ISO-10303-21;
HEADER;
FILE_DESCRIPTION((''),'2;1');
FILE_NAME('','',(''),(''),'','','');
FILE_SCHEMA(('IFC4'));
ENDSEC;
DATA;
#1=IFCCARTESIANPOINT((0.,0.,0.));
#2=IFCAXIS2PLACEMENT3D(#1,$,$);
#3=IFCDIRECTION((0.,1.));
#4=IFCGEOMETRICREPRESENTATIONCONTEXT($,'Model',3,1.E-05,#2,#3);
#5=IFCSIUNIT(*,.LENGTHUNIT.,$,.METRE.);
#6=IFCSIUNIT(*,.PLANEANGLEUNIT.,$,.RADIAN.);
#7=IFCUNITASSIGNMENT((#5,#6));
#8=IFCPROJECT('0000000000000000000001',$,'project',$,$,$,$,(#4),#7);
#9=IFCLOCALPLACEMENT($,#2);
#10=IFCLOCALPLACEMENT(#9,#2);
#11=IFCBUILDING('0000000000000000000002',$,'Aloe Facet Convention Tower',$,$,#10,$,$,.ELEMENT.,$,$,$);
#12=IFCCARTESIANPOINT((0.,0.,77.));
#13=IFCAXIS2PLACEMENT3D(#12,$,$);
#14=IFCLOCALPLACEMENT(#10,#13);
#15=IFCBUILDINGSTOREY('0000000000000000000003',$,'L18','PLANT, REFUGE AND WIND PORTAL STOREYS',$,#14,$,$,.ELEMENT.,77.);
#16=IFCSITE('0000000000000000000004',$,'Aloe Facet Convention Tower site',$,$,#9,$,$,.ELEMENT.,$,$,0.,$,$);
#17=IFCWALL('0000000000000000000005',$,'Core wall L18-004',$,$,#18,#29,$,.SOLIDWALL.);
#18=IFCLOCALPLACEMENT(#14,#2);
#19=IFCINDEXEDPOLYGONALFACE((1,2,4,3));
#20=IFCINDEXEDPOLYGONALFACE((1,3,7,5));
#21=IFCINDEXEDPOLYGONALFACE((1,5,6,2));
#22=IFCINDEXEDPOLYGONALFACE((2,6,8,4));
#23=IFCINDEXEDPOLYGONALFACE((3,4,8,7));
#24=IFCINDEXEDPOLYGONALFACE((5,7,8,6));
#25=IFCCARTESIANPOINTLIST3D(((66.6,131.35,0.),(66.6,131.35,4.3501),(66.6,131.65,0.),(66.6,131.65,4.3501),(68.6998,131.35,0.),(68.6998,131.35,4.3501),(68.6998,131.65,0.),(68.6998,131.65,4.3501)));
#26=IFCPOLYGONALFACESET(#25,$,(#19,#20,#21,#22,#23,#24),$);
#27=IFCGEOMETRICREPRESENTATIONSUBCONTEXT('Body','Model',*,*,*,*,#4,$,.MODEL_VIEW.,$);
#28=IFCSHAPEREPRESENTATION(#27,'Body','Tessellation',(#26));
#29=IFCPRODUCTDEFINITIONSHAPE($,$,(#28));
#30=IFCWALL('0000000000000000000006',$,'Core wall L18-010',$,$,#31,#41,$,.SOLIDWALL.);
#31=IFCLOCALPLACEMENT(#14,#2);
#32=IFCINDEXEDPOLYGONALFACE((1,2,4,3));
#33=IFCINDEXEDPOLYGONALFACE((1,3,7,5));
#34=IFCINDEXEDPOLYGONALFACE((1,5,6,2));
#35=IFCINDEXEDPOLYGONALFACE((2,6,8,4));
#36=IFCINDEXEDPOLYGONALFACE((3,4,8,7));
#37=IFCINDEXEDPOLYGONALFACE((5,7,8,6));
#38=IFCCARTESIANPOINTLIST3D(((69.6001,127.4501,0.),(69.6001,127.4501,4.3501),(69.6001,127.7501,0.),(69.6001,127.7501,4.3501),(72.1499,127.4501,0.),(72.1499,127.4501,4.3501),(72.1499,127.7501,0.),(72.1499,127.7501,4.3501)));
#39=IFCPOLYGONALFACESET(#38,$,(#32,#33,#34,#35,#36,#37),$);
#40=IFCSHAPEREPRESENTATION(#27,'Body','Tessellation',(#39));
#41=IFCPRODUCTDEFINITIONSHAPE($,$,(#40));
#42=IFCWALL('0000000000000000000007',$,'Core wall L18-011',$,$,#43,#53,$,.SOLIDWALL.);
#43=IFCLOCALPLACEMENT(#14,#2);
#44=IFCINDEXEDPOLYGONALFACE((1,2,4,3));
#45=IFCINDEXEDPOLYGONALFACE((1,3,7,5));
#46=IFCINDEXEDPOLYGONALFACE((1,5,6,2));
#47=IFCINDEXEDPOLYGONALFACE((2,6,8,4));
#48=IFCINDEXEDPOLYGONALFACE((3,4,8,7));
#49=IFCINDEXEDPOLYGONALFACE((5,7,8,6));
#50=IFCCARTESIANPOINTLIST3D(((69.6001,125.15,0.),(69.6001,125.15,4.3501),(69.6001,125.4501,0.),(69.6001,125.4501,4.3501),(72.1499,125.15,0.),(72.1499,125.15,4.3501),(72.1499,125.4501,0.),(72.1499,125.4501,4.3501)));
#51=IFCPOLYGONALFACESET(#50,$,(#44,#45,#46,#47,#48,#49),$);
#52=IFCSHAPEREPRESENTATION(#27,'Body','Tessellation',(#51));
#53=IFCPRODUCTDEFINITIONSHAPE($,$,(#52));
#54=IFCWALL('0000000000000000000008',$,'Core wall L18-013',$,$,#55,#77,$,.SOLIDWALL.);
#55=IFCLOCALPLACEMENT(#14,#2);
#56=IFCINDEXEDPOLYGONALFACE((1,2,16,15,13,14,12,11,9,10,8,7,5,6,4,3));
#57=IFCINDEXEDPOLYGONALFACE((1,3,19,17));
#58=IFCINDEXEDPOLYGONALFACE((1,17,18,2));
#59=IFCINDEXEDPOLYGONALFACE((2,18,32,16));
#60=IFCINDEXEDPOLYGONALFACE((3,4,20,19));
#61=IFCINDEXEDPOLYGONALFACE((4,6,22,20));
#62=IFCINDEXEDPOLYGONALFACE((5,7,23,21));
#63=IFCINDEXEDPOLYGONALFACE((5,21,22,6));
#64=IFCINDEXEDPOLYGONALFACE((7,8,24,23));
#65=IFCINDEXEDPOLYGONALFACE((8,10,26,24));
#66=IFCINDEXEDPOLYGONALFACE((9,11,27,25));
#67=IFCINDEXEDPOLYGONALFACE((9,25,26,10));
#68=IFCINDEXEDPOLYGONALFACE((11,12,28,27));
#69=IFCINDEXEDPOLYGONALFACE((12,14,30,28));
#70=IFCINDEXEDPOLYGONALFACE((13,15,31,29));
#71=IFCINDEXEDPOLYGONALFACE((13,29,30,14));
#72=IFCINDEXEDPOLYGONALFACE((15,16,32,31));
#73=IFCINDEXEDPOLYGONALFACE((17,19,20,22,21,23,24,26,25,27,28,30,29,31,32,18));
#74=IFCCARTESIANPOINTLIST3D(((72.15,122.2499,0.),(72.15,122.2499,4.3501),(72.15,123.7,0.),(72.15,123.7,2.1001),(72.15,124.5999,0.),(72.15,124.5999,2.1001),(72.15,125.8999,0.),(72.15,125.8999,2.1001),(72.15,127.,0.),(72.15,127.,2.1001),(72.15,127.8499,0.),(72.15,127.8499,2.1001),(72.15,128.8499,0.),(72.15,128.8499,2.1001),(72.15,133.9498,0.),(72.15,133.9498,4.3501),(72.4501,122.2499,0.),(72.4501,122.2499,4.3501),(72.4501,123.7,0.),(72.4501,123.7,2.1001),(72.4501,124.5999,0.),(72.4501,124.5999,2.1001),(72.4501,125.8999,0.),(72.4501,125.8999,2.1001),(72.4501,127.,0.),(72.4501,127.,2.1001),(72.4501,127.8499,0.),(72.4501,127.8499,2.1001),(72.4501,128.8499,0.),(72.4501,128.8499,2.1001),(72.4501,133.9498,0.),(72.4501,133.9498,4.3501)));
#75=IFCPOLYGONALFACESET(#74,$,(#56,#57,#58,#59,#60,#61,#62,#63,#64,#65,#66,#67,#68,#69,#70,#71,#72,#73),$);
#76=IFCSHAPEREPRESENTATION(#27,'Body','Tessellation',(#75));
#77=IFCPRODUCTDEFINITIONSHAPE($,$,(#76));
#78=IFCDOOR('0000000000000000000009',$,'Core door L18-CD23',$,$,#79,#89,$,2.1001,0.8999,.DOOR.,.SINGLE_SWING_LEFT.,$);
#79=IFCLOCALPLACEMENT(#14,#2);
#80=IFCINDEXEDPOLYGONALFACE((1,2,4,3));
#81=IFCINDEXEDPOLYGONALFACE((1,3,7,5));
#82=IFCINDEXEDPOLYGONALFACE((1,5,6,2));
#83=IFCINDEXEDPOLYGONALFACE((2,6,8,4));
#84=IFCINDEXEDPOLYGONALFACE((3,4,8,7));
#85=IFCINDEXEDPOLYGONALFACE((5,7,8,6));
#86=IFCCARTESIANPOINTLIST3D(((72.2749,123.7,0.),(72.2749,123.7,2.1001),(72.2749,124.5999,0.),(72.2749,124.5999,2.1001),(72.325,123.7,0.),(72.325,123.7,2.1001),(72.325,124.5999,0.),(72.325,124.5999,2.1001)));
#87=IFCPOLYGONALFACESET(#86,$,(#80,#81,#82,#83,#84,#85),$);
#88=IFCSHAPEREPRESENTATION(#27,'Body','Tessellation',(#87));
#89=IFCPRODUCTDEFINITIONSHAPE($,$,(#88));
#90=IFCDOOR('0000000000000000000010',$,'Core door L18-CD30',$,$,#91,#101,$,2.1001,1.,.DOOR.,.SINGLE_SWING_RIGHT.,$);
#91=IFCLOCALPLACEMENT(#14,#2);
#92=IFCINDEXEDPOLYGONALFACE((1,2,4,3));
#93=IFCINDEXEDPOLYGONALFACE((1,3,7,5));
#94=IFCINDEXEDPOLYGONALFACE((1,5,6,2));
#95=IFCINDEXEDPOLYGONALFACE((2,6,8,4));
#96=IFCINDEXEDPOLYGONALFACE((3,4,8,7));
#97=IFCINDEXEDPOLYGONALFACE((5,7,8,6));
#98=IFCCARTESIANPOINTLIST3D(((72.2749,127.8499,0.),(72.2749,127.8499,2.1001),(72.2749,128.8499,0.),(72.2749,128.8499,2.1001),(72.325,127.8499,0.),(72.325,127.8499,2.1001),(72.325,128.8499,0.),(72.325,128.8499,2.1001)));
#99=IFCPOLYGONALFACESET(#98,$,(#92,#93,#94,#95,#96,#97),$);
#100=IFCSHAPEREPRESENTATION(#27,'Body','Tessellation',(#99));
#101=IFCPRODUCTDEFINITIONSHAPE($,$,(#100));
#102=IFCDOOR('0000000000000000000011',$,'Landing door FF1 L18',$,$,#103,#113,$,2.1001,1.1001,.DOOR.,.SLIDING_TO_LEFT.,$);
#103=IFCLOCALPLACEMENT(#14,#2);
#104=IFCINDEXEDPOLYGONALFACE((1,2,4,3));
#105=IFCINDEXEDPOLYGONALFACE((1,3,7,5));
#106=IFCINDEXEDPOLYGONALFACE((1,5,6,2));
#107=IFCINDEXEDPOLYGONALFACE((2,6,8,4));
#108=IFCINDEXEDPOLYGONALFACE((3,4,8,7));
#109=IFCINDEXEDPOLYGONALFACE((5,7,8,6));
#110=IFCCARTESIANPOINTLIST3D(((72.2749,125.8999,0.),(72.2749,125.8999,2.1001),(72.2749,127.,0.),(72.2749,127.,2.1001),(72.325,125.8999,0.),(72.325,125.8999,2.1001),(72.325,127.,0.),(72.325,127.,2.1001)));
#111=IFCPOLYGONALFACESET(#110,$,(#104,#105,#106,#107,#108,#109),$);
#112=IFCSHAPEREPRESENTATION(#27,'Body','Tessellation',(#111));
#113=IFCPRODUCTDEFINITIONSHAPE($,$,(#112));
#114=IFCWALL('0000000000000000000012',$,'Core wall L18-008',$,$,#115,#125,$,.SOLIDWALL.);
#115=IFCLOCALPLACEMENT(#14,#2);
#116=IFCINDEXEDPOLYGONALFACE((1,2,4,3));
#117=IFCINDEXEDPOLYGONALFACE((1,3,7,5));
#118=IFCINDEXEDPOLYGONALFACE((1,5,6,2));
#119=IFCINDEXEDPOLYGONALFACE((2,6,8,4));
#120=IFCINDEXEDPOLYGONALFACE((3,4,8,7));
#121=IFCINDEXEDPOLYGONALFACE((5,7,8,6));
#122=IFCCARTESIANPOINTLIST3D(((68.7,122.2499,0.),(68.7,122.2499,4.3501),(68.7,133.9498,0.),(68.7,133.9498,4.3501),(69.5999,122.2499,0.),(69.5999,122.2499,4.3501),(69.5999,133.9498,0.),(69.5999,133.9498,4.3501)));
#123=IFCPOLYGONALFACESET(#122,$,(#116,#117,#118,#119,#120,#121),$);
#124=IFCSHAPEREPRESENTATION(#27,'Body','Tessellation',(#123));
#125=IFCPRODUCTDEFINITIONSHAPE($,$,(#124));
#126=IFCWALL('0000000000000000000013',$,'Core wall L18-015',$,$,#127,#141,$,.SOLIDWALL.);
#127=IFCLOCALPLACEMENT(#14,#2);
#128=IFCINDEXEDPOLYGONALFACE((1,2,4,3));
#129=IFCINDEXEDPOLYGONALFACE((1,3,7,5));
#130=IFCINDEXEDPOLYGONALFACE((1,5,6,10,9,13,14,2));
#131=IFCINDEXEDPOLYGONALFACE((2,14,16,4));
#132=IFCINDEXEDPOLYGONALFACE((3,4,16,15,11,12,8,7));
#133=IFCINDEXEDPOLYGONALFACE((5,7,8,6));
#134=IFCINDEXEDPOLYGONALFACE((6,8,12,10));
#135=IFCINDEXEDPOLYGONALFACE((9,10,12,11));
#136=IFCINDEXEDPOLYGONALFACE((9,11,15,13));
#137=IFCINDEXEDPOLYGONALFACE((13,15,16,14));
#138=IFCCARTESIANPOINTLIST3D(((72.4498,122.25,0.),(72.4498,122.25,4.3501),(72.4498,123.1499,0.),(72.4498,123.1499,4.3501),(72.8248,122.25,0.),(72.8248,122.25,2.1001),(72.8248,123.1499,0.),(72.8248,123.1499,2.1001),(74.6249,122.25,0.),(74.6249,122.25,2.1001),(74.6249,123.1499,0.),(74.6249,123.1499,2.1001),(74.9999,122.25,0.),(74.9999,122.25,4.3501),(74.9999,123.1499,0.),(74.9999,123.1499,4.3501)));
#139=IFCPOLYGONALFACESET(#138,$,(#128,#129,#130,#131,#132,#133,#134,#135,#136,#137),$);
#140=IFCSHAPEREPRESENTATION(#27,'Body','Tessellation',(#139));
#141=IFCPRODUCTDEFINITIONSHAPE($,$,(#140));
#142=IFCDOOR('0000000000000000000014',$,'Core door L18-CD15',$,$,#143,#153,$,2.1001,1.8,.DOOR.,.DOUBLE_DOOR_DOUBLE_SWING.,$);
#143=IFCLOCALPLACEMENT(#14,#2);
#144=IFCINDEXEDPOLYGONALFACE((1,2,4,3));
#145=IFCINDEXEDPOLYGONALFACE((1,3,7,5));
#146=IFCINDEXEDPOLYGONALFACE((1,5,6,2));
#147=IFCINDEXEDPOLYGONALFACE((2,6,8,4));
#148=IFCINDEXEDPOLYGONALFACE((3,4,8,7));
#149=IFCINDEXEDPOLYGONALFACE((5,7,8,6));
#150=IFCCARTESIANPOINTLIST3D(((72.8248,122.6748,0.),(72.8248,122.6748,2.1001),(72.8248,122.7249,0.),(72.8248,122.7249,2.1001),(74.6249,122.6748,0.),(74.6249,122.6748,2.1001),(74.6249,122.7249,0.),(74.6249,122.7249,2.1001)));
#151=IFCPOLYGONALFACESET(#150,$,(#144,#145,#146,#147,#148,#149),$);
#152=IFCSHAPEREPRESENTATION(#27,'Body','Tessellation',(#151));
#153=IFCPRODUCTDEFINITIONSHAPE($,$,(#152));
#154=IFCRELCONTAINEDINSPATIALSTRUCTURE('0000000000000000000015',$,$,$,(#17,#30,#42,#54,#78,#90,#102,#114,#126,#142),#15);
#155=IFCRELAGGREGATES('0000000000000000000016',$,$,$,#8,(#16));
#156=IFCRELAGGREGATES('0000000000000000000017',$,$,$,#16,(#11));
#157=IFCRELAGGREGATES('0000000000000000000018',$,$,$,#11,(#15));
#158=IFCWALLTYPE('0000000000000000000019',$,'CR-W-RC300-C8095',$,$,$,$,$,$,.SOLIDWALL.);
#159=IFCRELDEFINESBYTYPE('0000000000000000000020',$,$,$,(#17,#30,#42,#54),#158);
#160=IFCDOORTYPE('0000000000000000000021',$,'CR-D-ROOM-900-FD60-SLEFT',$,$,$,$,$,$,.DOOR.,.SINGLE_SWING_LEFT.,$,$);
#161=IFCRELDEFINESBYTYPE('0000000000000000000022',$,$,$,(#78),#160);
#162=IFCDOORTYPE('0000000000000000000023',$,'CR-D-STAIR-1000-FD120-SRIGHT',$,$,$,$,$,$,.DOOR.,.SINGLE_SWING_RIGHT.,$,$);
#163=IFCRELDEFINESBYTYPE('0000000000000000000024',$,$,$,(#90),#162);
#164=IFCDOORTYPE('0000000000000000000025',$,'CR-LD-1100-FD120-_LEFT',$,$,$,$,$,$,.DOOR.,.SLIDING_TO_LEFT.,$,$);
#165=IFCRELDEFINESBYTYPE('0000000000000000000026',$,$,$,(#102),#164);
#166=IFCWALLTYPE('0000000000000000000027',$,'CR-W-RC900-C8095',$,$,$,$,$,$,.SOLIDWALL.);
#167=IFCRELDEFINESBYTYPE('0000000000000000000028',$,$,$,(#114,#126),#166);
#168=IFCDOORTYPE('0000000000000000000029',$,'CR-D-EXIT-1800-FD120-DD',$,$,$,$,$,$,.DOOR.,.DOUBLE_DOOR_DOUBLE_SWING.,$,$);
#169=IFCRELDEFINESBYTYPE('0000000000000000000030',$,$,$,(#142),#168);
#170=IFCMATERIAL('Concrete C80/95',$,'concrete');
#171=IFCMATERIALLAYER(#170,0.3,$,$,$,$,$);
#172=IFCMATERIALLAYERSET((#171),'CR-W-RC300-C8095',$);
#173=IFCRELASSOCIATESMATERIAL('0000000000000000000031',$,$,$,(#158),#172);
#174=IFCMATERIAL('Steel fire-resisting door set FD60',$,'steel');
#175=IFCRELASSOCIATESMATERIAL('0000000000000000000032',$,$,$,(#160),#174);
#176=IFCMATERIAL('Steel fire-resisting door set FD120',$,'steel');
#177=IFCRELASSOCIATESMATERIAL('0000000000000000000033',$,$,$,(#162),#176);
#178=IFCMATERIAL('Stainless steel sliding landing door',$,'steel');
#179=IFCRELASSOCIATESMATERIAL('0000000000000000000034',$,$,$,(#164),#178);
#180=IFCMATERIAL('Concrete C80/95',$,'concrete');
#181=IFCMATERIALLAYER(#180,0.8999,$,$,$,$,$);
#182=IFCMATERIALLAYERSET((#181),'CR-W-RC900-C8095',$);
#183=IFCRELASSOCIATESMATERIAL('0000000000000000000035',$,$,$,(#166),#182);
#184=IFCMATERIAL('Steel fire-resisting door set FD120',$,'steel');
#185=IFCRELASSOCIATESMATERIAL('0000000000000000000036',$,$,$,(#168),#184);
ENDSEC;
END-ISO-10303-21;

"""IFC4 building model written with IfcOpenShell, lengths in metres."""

from ifc_helpers import new_model, si_unit, direction, frame, frame_2d, origin, place, context, subcontext, project, spatial, rectangle, extrude, material, layer, layer_set, type_object, element, fill, save


model = new_model("IFC4")

# Units and contexts
model_context = context("Model", 3, precision=1e-05, world=origin(), true_north=direction((0.0, 1.0)))
body_context = subcontext(model_context, "Body", "Model", "MODEL_VIEW")
ifc_project = project(units=[si_unit("LENGTHUNIT", "METRE"), si_unit("PLANEANGLEUNIT", "RADIAN")], contexts=[model_context])

# Site, building, storey
site_placement = place(None, origin())
site = spatial("IfcSite", under=ifc_project, at=site_placement, Name="Aloe Facet Convention Tower site", CompositionType="ELEMENT", RefElevation=0.0)
building_placement = place(site_placement, origin())
building = spatial("IfcBuilding", under=site, at=building_placement, Name="Aloe Facet Convention Tower", CompositionType="ELEMENT")
storey_placement = place(building_placement, frame((0.0, 0.0, 77.0)))
storey = spatial("IfcBuildingStorey", under=building, at=storey_placement, Name="L18", Description="PLANT, REFUGE AND WIND PORTAL STOREYS", CompositionType="ELEMENT", Elevation=77.0)

# Walls
ifc_material_1 = material(Name="Concrete C80/95", Category="concrete")
ifc_layer_1 = layer(ifc_material_1, 0.3)
ifc_layer_set_1 = layer_set([ifc_layer_1], Name="CR-W-RC300-C8095")
wall_type_1 = type_object("IfcWallType", Name="CR-W-RC300-C8095", PredefinedType="SOLIDWALL", material=ifc_layer_set_1)
wall_1_placement = place(storey_placement, frame((66.6001, 131.5, 0.0), z_axis=(0.0, 0.0, 1.0), x_axis=(1.0, 0.0, 0.0)))
element("IfcWall", 1, at=wall_1_placement, inside=storey, type_object=wall_type_1, Name="Core wall L18-004", PredefinedType="SOLIDWALL", context=body_context, shape_type="SweptSolid", body=[
    extrude(rectangle(XDim=2.0999, YDim=0.3, at=frame_2d((1.0498, 0.0))), origin(), (0.0, 0.0, 1.0), 4.3501),
])
for number, where, z_axis, x_axis, name in (
    (2, (69.6001, 127.6001, 0.0), (0.0, 0.0, 1.0), (1.0, 0.0, 0.0), "Core wall L18-010"),
    (3, (69.6001, 125.3, 0.0), (0.0, 0.0, 1.0), (1.0, 0.0, 0.0), "Core wall L18-011"),
):
    element("IfcWall", number, at=place(storey_placement, frame(where, z_axis=z_axis, x_axis=x_axis)), inside=storey, type_object=wall_type_1, Name=name, PredefinedType="SOLIDWALL", context=body_context, shape_type="SweptSolid", body=[
        extrude(rectangle(XDim=2.5498, YDim=0.3, at=frame_2d((1.2749, 0.0))), origin(), (0.0, 0.0, 1.0), 4.3501),
    ])

# Wall, openings, doors
wall_2_placement = place(storey_placement, frame((72.3, 133.95, 0.0), z_axis=(0.0, 0.0, 1.0), x_axis=(0.0, -1.0, 0.0)))
wall_2 = element("IfcWall", 4, at=wall_2_placement, inside=storey, type_object=wall_type_1, Name="Core wall L18-013", PredefinedType="SOLIDWALL", context=body_context, shape_type="SweptSolid", body=[
    extrude(rectangle(XDim=11.7, YDim=0.3, at=frame_2d((5.8501, 0.0))), origin(), (0.0, 0.0, 1.0), 4.3501),
])
opening_1_placement = place(wall_2_placement, frame((6.95, 0.0, 0.0)))
opening_1 = element("IfcOpeningElement", 5, at=opening_1_placement, cuts=wall_2, PredefinedType="OPENING", context=body_context, shape_type="SweptSolid", body=[
    extrude(rectangle(XDim=1.1001, YDim=2.1001, at=frame_2d((0.55, 1.05))), frame((0.0, 0.1602, 0.0), z_axis=(0.0, -1.0, 0.0), x_axis=(1.0, 0.0, 0.0)), (0.0, 0.0, 1.0), 0.3201),
])
opening_2_placement = place(wall_2_placement, frame((9.3501, 0.0, 0.0)))
opening_2 = element("IfcOpeningElement", 6, at=opening_2_placement, cuts=wall_2, PredefinedType="OPENING", context=body_context, shape_type="SweptSolid", body=[
    extrude(rectangle(XDim=0.8999, YDim=2.1001, at=frame_2d((0.45, 1.05))), frame((0.0, 0.1602, 0.0), z_axis=(0.0, -1.0, 0.0), x_axis=(1.0, 0.0, 0.0)), (0.0, 0.0, 1.0), 0.3201),
])
opening_3_placement = place(wall_2_placement, frame((5.1001, 0.0, 0.0)))
opening_3 = element("IfcOpeningElement", 7, at=opening_3_placement, cuts=wall_2, PredefinedType="OPENING", context=body_context, shape_type="SweptSolid", body=[
    extrude(rectangle(XDim=1.0, YDim=2.1001, at=frame_2d((0.5, 1.05))), frame((0.0, 0.1602, 0.0), z_axis=(0.0, -1.0, 0.0), x_axis=(1.0, 0.0, 0.0)), (0.0, 0.0, 1.0), 0.3201),
])
ifc_material_2 = material(Name="Steel fire-resisting door set FD60", Category="steel")
door_type_1 = type_object("IfcDoorType", Name="CR-D-ROOM-900-FD60-SLEFT", OperationType="SINGLE_SWING_LEFT", PredefinedType="DOOR", material=ifc_material_2)
door_1_placement = place(opening_2_placement, origin())
door_1 = element("IfcDoor", 8, at=door_1_placement, inside=storey, type_object=door_type_1, Name="Core door L18-CD23", OperationType="SINGLE_SWING_LEFT", OverallHeight=2.1001, OverallWidth=0.8999, PredefinedType="DOOR", context=body_context, shape_type="SweptSolid", body=[
    extrude(rectangle(XDim=0.8999, YDim=2.1001, at=frame_2d((0.45, 1.05))), frame((0.0, 0.0249, 0.0), z_axis=(0.0, -1.0, 0.0), x_axis=(1.0, 0.0, 0.0)), (0.0, 0.0, 1.0), 0.05),
])
fill(opening_2, door_1)
ifc_material_3 = material(Name="Steel fire-resisting door set FD120", Category="steel")
door_type_2 = type_object("IfcDoorType", Name="CR-D-STAIR-1000-FD120-SRIGHT", OperationType="SINGLE_SWING_RIGHT", PredefinedType="DOOR", material=ifc_material_3)
door_2_placement = place(opening_3_placement, origin())
door_2 = element("IfcDoor", 9, at=door_2_placement, inside=storey, type_object=door_type_2, Name="Core door L18-CD30", OperationType="SINGLE_SWING_RIGHT", OverallHeight=2.1001, OverallWidth=1.0, PredefinedType="DOOR", context=body_context, shape_type="SweptSolid", body=[
    extrude(rectangle(XDim=1.0, YDim=2.1001, at=frame_2d((0.5, 1.05))), frame((0.0, 0.0249, 0.0), z_axis=(0.0, -1.0, 0.0), x_axis=(1.0, 0.0, 0.0)), (0.0, 0.0, 1.0), 0.05),
])
fill(opening_3, door_2)
ifc_material_4 = material(Name="Stainless steel sliding landing door", Category="steel")
door_type_3 = type_object("IfcDoorType", Name="CR-LD-1100-FD120-_LEFT", OperationType="SLIDING_TO_LEFT", PredefinedType="DOOR", material=ifc_material_4)
door_3_placement = place(opening_1_placement, origin())
door_3 = element("IfcDoor", 10, at=door_3_placement, inside=storey, type_object=door_type_3, Name="Landing door FF1 L18", OperationType="SLIDING_TO_LEFT", OverallHeight=2.1001, OverallWidth=1.1001, PredefinedType="DOOR", context=body_context, shape_type="SweptSolid", body=[
    extrude(rectangle(XDim=1.1001, YDim=2.1001, at=frame_2d((0.55, 1.05))), frame((0.0, 0.0249, 0.0), z_axis=(0.0, -1.0, 0.0), x_axis=(1.0, 0.0, 0.0)), (0.0, 0.0, 1.0), 0.05),
])
fill(opening_1, door_3)

# Wall
ifc_material_5 = material(Name="Concrete C80/95", Category="concrete")
ifc_layer_2 = layer(ifc_material_5, 0.8999)
ifc_layer_set_2 = layer_set([ifc_layer_2], Name="CR-W-RC900-C8095")
wall_type_2 = type_object("IfcWallType", Name="CR-W-RC900-C8095", PredefinedType="SOLIDWALL", material=ifc_layer_set_2)
wall_3_placement = place(storey_placement, frame((69.1499, 133.95, 0.0), z_axis=(0.0, 0.0, 1.0), x_axis=(0.0, -1.0, 0.0)))
element("IfcWall", 11, at=wall_3_placement, inside=storey, type_object=wall_type_2, Name="Core wall L18-008", PredefinedType="SOLIDWALL", context=body_context, shape_type="SweptSolid", body=[
    extrude(rectangle(XDim=11.7, YDim=0.8999, at=frame_2d((5.8501, 0.0))), origin(), (0.0, 0.0, 1.0), 4.3501),
])

# Wall, opening, door
wall_4_placement = place(storey_placement, frame((72.45, 122.7, 0.0), z_axis=(0.0, 0.0, 1.0), x_axis=(1.0, 0.0, 0.0)))
wall_4 = element("IfcWall", 12, at=wall_4_placement, inside=storey, type_object=wall_type_2, Name="Core wall L18-015", PredefinedType="SOLIDWALL", context=body_context, shape_type="SweptSolid", body=[
    extrude(rectangle(XDim=2.55, YDim=0.8999, at=frame_2d((1.2749, 0.0))), origin(), (0.0, 0.0, 1.0), 4.3501),
])
opening_4_placement = place(wall_4_placement, frame((0.375, 0.0, 0.0)))
opening_4 = element("IfcOpeningElement", 13, at=opening_4_placement, cuts=wall_4, PredefinedType="OPENING", context=body_context, shape_type="SweptSolid", body=[
    extrude(rectangle(XDim=1.8, YDim=2.1001, at=frame_2d((0.8999, 1.05))), frame((0.0, 0.46, 0.0), z_axis=(0.0, -1.0, 0.0), x_axis=(1.0, 0.0, 0.0)), (0.0, 0.0, 1.0), 0.9199),
])
ifc_material_6 = material(Name="Steel fire-resisting door set FD120", Category="steel")
door_type_4 = type_object("IfcDoorType", Name="CR-D-EXIT-1800-FD120-DD", OperationType="DOUBLE_DOOR_DOUBLE_SWING", PredefinedType="DOOR", material=ifc_material_6)
door_4_placement = place(opening_4_placement, origin())
door_4 = element("IfcDoor", 14, at=door_4_placement, inside=storey, type_object=door_type_4, Name="Core door L18-CD15", OperationType="DOUBLE_DOOR_DOUBLE_SWING", OverallHeight=2.1001, OverallWidth=1.8, PredefinedType="DOOR", context=body_context, shape_type="SweptSolid", body=[
    extrude(rectangle(XDim=1.8, YDim=2.1001, at=frame_2d((0.8999, 1.05))), frame((0.0, 0.0249, 0.0), z_axis=(0.0, -1.0, 0.0), x_axis=(1.0, 0.0, 0.0)), (0.0, 0.0, 1.0), 0.05),
])
fill(opening_4, door_4)

save(model, "model.ifc")
